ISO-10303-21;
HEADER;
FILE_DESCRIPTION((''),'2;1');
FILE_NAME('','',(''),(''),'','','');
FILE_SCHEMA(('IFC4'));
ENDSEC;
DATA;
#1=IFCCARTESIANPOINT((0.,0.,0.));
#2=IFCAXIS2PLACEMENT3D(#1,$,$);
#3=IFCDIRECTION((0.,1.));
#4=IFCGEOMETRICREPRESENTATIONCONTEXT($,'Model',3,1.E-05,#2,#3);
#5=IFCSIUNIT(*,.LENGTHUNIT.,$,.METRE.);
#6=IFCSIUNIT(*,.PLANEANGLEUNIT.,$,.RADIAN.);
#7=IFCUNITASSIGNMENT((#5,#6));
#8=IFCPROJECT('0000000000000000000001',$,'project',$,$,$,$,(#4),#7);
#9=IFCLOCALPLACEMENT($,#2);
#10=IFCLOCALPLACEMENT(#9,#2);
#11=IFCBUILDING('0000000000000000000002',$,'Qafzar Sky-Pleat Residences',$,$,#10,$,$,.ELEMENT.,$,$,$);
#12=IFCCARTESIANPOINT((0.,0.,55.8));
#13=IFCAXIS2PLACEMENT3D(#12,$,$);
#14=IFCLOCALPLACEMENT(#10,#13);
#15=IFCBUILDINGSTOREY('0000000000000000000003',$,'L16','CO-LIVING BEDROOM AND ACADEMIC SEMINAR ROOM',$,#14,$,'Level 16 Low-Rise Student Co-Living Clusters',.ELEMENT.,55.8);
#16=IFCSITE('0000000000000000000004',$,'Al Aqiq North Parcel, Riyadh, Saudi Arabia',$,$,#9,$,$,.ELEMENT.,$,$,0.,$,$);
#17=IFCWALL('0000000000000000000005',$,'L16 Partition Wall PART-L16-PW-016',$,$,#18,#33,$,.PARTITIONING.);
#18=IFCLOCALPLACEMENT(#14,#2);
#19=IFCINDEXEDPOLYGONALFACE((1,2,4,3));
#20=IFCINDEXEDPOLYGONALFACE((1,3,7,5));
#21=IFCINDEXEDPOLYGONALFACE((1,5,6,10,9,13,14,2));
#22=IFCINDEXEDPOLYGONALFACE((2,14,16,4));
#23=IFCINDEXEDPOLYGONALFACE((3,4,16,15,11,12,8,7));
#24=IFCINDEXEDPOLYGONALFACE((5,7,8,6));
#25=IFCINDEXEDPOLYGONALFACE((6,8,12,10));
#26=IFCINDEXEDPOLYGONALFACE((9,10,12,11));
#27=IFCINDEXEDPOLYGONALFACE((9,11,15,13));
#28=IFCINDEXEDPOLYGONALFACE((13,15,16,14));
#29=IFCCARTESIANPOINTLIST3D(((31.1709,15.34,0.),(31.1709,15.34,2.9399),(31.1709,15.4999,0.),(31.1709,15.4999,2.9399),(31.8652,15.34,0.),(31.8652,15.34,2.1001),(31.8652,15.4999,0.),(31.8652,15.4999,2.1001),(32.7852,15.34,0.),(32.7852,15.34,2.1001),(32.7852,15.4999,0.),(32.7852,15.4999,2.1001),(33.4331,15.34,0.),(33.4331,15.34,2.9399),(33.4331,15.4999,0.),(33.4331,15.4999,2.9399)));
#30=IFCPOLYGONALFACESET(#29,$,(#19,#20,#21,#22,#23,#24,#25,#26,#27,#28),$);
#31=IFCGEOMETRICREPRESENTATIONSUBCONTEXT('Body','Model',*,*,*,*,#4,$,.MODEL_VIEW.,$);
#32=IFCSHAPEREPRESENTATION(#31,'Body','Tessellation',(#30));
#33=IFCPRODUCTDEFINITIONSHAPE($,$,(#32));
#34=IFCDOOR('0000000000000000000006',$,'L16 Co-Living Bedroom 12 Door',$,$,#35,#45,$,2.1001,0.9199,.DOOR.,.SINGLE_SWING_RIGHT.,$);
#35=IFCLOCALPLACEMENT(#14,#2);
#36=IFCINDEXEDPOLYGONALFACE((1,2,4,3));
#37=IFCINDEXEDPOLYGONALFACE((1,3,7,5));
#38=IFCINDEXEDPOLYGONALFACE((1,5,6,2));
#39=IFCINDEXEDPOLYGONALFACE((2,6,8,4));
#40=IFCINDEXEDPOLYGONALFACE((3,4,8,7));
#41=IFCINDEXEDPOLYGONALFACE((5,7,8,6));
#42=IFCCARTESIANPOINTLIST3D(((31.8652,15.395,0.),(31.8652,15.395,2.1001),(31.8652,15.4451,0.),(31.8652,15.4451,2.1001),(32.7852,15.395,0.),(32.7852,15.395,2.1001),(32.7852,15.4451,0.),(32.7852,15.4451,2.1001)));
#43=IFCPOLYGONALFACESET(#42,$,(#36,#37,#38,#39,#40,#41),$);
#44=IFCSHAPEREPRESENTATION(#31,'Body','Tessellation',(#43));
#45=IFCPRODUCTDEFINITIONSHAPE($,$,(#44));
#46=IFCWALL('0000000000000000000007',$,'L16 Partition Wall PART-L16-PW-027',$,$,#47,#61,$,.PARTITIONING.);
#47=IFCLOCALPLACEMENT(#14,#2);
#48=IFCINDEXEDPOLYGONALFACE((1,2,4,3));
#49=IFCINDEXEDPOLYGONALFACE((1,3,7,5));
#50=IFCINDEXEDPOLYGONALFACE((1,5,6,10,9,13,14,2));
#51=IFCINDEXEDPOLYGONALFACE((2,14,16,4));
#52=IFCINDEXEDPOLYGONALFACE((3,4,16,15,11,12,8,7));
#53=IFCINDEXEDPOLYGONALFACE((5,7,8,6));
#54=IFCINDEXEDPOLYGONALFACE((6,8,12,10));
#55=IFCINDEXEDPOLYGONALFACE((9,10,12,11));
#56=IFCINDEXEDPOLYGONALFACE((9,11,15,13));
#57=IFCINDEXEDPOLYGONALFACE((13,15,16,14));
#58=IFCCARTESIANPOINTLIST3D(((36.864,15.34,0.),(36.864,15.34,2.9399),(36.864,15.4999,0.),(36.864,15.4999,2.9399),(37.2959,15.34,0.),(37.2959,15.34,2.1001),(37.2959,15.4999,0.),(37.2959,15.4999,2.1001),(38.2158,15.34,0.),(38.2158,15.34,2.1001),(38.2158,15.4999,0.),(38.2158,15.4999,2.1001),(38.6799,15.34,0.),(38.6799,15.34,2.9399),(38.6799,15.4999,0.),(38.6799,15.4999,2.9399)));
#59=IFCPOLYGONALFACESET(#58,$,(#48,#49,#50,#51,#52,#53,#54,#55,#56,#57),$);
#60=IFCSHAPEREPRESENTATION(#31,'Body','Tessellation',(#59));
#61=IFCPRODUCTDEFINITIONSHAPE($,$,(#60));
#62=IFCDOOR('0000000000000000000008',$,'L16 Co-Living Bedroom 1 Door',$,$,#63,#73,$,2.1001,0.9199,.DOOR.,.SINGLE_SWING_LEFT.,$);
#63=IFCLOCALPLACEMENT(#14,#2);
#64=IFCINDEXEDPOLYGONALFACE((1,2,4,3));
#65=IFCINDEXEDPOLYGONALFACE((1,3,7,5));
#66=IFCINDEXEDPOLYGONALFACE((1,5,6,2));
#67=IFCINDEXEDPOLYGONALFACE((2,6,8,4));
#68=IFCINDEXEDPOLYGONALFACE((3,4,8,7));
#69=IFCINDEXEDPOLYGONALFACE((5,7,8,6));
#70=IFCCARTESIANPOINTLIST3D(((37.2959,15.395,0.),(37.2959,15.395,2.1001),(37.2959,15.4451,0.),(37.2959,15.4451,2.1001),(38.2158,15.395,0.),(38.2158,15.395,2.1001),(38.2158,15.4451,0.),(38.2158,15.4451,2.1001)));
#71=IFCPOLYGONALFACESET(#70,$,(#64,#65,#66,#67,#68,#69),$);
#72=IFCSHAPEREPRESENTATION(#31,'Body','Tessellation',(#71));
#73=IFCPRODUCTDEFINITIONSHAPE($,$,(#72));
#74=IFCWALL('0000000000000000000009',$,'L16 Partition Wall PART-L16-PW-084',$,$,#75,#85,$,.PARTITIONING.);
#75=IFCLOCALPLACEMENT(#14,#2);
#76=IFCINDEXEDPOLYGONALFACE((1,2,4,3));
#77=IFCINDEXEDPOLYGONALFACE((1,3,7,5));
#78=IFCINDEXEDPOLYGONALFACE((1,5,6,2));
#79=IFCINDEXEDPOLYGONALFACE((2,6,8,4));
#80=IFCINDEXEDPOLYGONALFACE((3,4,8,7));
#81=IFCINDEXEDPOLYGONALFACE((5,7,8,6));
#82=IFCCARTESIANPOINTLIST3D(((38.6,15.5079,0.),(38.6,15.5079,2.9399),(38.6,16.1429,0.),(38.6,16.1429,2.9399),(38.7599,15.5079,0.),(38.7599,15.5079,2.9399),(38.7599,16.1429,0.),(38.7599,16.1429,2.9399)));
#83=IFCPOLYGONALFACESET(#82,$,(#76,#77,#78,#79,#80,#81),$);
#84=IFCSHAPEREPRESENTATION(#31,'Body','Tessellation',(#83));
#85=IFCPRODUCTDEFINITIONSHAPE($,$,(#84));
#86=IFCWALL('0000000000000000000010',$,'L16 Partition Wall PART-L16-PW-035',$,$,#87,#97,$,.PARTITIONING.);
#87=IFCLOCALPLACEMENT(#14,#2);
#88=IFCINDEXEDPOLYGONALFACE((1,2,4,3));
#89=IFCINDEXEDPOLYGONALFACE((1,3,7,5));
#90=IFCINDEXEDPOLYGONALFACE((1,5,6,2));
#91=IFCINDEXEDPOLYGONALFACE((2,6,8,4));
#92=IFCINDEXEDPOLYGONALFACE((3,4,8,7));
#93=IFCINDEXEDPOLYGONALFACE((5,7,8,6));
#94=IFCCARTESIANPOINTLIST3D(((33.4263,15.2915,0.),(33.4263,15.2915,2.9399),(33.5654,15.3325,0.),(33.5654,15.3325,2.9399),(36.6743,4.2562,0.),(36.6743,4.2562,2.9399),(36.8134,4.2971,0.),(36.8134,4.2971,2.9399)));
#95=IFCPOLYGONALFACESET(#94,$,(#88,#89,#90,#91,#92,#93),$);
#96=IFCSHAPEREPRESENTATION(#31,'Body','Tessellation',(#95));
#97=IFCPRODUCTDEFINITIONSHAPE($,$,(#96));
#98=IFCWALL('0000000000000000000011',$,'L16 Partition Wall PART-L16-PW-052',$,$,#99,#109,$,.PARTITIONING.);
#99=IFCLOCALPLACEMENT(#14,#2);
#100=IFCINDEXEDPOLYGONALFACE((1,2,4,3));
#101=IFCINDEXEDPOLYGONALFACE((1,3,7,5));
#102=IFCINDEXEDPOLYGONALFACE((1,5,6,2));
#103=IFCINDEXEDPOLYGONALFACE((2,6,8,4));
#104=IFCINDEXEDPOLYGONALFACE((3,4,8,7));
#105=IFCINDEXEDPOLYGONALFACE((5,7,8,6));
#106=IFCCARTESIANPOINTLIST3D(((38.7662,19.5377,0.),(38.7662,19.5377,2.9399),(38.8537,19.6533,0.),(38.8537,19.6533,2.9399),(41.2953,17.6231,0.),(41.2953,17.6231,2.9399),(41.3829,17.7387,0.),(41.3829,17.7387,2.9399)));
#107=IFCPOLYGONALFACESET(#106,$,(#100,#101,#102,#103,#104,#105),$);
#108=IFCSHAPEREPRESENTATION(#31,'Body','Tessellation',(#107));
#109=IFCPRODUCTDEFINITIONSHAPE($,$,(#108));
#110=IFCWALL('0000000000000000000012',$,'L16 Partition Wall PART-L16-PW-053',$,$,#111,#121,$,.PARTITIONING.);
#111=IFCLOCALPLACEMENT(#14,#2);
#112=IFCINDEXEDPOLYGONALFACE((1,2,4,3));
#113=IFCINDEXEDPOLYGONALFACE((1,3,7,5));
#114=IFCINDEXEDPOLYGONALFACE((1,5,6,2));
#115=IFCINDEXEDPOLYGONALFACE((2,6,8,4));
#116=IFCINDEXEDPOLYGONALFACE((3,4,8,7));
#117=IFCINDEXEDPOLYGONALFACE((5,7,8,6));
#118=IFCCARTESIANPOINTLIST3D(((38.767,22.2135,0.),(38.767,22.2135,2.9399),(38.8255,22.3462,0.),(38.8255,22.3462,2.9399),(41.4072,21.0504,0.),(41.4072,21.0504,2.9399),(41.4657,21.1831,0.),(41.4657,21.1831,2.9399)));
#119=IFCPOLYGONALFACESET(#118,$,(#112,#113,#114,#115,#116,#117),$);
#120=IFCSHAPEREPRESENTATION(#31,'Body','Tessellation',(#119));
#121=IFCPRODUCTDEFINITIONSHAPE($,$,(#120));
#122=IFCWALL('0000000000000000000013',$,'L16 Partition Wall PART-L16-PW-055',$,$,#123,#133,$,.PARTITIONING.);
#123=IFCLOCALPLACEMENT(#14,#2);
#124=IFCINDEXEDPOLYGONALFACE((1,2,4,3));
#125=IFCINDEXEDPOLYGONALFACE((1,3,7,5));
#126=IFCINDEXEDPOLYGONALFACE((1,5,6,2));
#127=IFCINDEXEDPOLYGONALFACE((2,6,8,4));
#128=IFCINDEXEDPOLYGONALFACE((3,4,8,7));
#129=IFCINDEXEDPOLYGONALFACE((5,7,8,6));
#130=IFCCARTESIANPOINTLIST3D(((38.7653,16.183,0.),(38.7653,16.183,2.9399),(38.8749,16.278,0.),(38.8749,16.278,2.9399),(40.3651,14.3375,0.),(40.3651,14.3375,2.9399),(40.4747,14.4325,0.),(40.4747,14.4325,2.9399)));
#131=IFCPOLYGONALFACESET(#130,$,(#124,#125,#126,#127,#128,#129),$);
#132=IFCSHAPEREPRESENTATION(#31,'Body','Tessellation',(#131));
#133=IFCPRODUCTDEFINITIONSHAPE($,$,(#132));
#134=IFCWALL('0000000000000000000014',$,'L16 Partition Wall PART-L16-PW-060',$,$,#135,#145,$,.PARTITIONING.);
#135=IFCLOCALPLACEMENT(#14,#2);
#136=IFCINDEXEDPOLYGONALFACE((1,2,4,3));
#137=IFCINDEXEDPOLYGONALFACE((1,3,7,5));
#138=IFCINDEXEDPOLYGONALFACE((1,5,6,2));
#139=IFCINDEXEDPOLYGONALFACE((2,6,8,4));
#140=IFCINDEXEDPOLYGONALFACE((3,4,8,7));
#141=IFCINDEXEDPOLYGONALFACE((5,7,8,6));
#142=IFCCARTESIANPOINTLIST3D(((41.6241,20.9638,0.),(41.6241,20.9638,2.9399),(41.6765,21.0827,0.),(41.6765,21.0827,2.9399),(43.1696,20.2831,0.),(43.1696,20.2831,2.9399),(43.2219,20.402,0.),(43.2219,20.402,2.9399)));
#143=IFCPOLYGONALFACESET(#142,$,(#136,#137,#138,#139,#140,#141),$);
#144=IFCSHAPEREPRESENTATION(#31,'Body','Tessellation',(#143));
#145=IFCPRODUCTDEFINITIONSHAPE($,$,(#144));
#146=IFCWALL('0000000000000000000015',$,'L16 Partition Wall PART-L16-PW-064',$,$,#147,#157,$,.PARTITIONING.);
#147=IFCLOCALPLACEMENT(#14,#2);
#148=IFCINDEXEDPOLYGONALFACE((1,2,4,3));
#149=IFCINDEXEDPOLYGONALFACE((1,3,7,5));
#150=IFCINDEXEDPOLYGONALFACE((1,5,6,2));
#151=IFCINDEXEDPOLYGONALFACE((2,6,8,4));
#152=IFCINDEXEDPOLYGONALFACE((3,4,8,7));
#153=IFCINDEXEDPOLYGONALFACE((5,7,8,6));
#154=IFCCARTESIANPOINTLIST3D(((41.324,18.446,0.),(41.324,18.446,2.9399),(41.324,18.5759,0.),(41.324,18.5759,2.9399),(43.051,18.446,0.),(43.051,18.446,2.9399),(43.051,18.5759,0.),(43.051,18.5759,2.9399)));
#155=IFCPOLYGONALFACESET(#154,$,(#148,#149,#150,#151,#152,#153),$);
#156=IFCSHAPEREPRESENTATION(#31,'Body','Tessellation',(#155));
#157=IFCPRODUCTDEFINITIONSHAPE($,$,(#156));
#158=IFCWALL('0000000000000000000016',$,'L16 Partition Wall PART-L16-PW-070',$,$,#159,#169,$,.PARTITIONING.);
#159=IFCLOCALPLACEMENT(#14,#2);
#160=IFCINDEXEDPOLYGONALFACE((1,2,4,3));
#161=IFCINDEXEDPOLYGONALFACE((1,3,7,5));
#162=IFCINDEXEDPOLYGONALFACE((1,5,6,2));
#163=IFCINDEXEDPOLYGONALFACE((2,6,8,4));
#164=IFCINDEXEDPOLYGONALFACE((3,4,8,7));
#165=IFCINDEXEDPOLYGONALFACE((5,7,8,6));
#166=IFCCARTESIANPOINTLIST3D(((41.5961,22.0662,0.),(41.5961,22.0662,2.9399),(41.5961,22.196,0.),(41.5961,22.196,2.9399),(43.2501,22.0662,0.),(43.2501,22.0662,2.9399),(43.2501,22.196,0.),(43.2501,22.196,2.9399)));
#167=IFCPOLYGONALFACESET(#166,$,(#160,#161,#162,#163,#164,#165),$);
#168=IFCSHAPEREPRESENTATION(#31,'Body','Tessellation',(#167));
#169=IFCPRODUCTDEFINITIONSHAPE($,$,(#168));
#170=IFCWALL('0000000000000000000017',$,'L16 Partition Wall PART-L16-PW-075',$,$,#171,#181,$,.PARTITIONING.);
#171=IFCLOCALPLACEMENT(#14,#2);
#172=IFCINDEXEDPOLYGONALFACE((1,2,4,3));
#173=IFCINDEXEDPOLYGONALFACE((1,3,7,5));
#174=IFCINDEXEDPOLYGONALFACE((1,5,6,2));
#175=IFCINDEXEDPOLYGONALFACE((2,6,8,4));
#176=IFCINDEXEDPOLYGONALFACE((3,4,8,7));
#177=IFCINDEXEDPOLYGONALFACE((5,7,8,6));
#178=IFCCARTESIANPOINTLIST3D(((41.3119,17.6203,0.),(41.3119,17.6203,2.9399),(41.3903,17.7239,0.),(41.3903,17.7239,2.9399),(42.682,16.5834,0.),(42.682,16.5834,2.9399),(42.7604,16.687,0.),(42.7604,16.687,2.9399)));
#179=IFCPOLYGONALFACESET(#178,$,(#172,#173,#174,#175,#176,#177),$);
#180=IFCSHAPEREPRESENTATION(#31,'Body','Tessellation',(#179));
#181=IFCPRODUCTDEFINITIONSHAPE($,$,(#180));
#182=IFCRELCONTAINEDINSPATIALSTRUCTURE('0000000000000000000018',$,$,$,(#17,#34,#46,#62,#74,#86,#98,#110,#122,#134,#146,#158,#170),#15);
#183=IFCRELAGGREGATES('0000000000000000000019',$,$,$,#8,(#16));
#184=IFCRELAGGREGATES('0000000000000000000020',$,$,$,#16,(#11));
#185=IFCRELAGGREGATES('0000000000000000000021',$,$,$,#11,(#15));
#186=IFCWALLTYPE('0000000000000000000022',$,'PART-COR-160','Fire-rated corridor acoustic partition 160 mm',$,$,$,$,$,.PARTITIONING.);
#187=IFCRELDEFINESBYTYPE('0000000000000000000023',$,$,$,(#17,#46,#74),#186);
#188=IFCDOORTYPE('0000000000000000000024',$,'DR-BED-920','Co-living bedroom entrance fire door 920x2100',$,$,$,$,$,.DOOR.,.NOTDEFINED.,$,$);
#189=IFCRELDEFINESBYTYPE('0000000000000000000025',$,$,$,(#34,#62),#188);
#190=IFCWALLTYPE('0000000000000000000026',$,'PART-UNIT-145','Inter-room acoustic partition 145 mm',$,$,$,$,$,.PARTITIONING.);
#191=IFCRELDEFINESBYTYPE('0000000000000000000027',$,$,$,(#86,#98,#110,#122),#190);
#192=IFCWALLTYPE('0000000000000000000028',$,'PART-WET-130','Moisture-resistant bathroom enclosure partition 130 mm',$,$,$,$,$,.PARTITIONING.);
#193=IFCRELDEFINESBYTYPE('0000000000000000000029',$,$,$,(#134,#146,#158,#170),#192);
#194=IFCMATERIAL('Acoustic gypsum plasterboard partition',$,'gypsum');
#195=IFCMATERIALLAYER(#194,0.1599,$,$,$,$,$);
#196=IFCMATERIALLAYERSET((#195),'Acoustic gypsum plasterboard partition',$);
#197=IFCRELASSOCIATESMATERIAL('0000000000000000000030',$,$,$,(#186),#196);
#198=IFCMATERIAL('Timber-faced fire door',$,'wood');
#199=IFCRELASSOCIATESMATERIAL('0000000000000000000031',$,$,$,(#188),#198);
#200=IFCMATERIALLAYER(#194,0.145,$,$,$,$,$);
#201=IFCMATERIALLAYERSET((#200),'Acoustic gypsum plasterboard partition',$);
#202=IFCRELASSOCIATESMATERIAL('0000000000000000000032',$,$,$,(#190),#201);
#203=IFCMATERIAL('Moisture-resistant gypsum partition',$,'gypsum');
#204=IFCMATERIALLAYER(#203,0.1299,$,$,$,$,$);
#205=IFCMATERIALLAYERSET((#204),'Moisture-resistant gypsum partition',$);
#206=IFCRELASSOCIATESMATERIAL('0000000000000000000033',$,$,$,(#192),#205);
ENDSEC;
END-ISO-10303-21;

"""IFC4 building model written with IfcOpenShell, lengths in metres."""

from ifc_helpers import new_model, si_unit, direction, frame, frame_2d, origin, place, context, subcontext, project, spatial, rectangle, extrude, source, transform, mapped, material, layer, layer_set, type_object, element, fill, save


model = new_model("IFC4")

# Units and contexts
model_context = context("Model", 3, precision=1e-05, world=origin(), true_north=direction((0.0, 1.0)))
body_context = subcontext(model_context, "Body", "Model", "MODEL_VIEW")
ifc_project = project(units=[si_unit("LENGTHUNIT", "METRE"), si_unit("PLANEANGLEUNIT", "RADIAN")], contexts=[model_context])

# Site, building, storey
site_placement = place(None, origin())
site = spatial("IfcSite", under=ifc_project, at=site_placement, Name="Al Aqiq North Parcel, Riyadh, Saudi Arabia", CompositionType="ELEMENT", RefElevation=0.0)
building_placement = place(site_placement, origin())
building = spatial("IfcBuilding", under=site, at=building_placement, Name="Qafzar Sky-Pleat Residences", CompositionType="ELEMENT")
storey_placement = place(building_placement, frame((0.0, 0.0, 55.8)))
storey = spatial("IfcBuildingStorey", under=building, at=storey_placement, Name="L16", Description="CO-LIVING BEDROOM AND ACADEMIC SEMINAR ROOM", LongName="Level 16 Low-Rise Student Co-Living Clusters", CompositionType="ELEMENT", Elevation=55.8)

# Walls, openings, doors
ifc_material_1 = material(Name="Acoustic gypsum plasterboard partition", Category="gypsum")
ifc_layer_1 = layer(ifc_material_1, 0.1599)
ifc_layer_set_1 = layer_set([ifc_layer_1], Name="Acoustic gypsum plasterboard partition")
wall_type_1 = type_object("IfcWallType", Name="PART-COR-160", Description="Fire-rated corridor acoustic partition 160 mm", PredefinedType="PARTITIONING", material=ifc_layer_set_1)
ifc_material_2 = material(Name="Timber-faced fire door", Category="wood")
door_type_1 = type_object("IfcDoorType", Name="DR-BED-920", Description="Co-living bedroom entrance fire door 920x2100", OperationType="NOTDEFINED", PredefinedType="DOOR", material=ifc_material_2)
shared_shape_1 = source(origin(), body_context, "Body", "SweptSolid", [
    extrude(rectangle(XDim=0.9199, YDim=2.1001, at=frame_2d((0.46, 1.05))), frame((0.0, 0.0249, 0.0), z_axis=(0.0, -1.0, 0.0), x_axis=(1.0, 0.0, 0.0)), (0.0, 0.0, 1.0), 0.05),
])
wall_1_placement = place(storey_placement, frame((33.4331, 15.4199, 0.0), z_axis=(0.0, 0.0, 1.0), x_axis=(-1.0, 0.0, 0.0)))
wall_1 = element("IfcWall", 1, at=wall_1_placement, inside=storey, type_object=wall_type_1, Name="L16 Partition Wall PART-L16-PW-016", PredefinedType="PARTITIONING", context=body_context, shape_type="SweptSolid", body=[
    extrude(rectangle(XDim=2.2622, YDim=0.1599, at=frame_2d((1.1311, 0.0))), origin(), (0.0, 0.0, 1.0), 2.9399),
])
opening_1_placement = place(wall_1_placement, frame((0.6479, 0.0, 0.0)))
opening_1 = element("IfcOpeningElement", 2, at=opening_1_placement, cuts=wall_1, PredefinedType="OPENING", context=body_context, shape_type="SweptSolid", body=[
    extrude(rectangle(XDim=0.9199, YDim=2.1001, at=frame_2d((0.46, 1.05))), frame((0.0, 0.0898, 0.0), z_axis=(0.0, -1.0, 0.0), x_axis=(1.0, 0.0, 0.0)), (0.0, 0.0, 1.0), 0.1799),
])
door_1_placement = place(opening_1_placement, origin())
door_1 = element("IfcDoor", 3, at=door_1_placement, inside=storey, type_object=door_type_1, Name="L16 Co-Living Bedroom 12 Door", OperationType="SINGLE_SWING_RIGHT", OverallHeight=2.1001, OverallWidth=0.9199, PredefinedType="DOOR", context=body_context, shape_type="MappedRepresentation", body=[
    mapped(shared_shape_1, transform((0.0, 0.0, 0.0), x_axis=(1.0, 0.0, 0.0), y_axis=(0.0, 1.0, 0.0), z_axis=(0.0, 0.0, 1.0), scale=1.0)),
])
fill(opening_1, door_1)
wall_2_placement = place(storey_placement, frame((38.6799, 15.4199, 0.0), z_axis=(0.0, 0.0, 1.0), x_axis=(-1.0, 0.0, 0.0)))
wall_2 = element("IfcWall", 4, at=wall_2_placement, inside=storey, type_object=wall_type_1, Name="L16 Partition Wall PART-L16-PW-027", PredefinedType="PARTITIONING", context=body_context, shape_type="SweptSolid", body=[
    extrude(rectangle(XDim=1.8159, YDim=0.1599, at=frame_2d((0.908, 0.0))), origin(), (0.0, 0.0, 1.0), 2.9399),
])
opening_2_placement = place(wall_2_placement, frame((0.4641, 0.0, 0.0)))
opening_2 = element("IfcOpeningElement", 5, at=opening_2_placement, cuts=wall_2, PredefinedType="OPENING", context=body_context, shape_type="SweptSolid", body=[
    extrude(rectangle(XDim=0.9199, YDim=2.1001, at=frame_2d((0.46, 1.05))), frame((0.0, 0.0898, 0.0), z_axis=(0.0, -1.0, 0.0), x_axis=(1.0, 0.0, 0.0)), (0.0, 0.0, 1.0), 0.1799),
])
door_2_placement = place(opening_2_placement, origin())
door_2 = element("IfcDoor", 6, at=door_2_placement, inside=storey, type_object=door_type_1, Name="L16 Co-Living Bedroom 1 Door", OperationType="SINGLE_SWING_LEFT", OverallHeight=2.1001, OverallWidth=0.9199, PredefinedType="DOOR", context=body_context, shape_type="MappedRepresentation", body=[
    mapped(shared_shape_1, transform((0.0, 0.0, 0.0), x_axis=(1.0, 0.0, 0.0), y_axis=(0.0, 1.0, 0.0), z_axis=(0.0, 0.0, 1.0), scale=1.0)),
])
fill(opening_2, door_2)

# Walls
wall_3_placement = place(storey_placement, frame((38.6799, 15.5081, 0.0), z_axis=(0.0, 0.0, 1.0), x_axis=(0.0, 1.0, 0.0)))
element("IfcWall", 7, at=wall_3_placement, inside=storey, type_object=wall_type_1, Name="L16 Partition Wall PART-L16-PW-084", PredefinedType="PARTITIONING", context=body_context, shape_type="SweptSolid", body=[
    extrude(rectangle(XDim=0.635, YDim=0.1599, at=frame_2d((0.3174, 0.0))), origin(), (0.0, 0.0, 1.0), 2.9399),
])
ifc_layer_2 = layer(ifc_material_1, 0.145)
ifc_layer_set_2 = layer_set([ifc_layer_2], Name="Acoustic gypsum plasterboard partition")
wall_type_2 = type_object("IfcWallType", Name="PART-UNIT-145", Description="Inter-room acoustic partition 145 mm", PredefinedType="PARTITIONING", material=ifc_layer_set_2)
wall_4_placement = place(storey_placement, frame((33.4958, 15.312, 0.0), z_axis=(0.0, 0.0, 1.0), x_axis=(0.282354, -0.95931, 0.0)))
element("IfcWall", 8, at=wall_4_placement, inside=storey, type_object=wall_type_2, Name="L16 Partition Wall PART-L16-PW-035", PredefinedType="PARTITIONING", context=body_context, shape_type="SweptSolid", body=[
    extrude(rectangle(XDim=11.5034, YDim=0.145, at=frame_2d((5.7517, 0.0))), origin(), (0.0, 0.0, 1.0), 2.9399),
])
wall_5_placement = place(storey_placement, frame((38.8101, 19.5955, 0.0), z_axis=(0.0, 0.0, 1.0), x_axis=(0.797304, -0.603578, 0.0)))
element("IfcWall", 9, at=wall_5_placement, inside=storey, type_object=wall_type_2, Name="L16 Partition Wall PART-L16-PW-052", PredefinedType="PARTITIONING", context=body_context, shape_type="SweptSolid", body=[
    extrude(rectangle(XDim=3.1721, YDim=0.145, at=frame_2d((1.5859, 0.0))), origin(), (0.0, 0.0, 1.0), 2.9399),
])
wall_6_placement = place(storey_placement, frame((38.7964, 22.2798, 0.0), z_axis=(0.0, 0.0, 1.0), x_axis=(0.915133, -0.403153, 0.0)))
element("IfcWall", 10, at=wall_6_placement, inside=storey, type_object=wall_type_2, Name="L16 Partition Wall PART-L16-PW-053", PredefinedType="PARTITIONING", context=body_context, shape_type="SweptSolid", body=[
    extrude(rectangle(XDim=2.885, YDim=0.145, at=frame_2d((1.4424, 0.0))), origin(), (0.0, 0.0, 1.0), 2.9399),
])
wall_7_placement = place(storey_placement, frame((38.8201, 16.2305, 0.0), z_axis=(0.0, 0.0, 1.0), x_axis=(0.655037, -0.755597, 0.0)))
element("IfcWall", 11, at=wall_7_placement, inside=storey, type_object=wall_type_2, Name="L16 Partition Wall PART-L16-PW-055", PredefinedType="PARTITIONING", context=body_context, shape_type="SweptSolid", body=[
    extrude(rectangle(XDim=2.4424, YDim=0.145, at=frame_2d((1.2212, 0.0))), origin(), (0.0, 0.0, 1.0), 2.9399),
])
ifc_material_3 = material(Name="Moisture-resistant gypsum partition", Category="gypsum")
ifc_layer_3 = layer(ifc_material_3, 0.1299)
ifc_layer_set_3 = layer_set([ifc_layer_3], Name="Moisture-resistant gypsum partition")
wall_type_3 = type_object("IfcWallType", Name="PART-WET-130", Description="Moisture-resistant bathroom enclosure partition 130 mm", PredefinedType="PARTITIONING", material=ifc_layer_set_3)
wall_8_placement = place(storey_placement, frame((41.6504, 21.0232, 0.0), z_axis=(0.0, 0.0, 1.0), x_axis=(0.915166, -0.403078, 0.0)))
element("IfcWall", 12, at=wall_8_placement, inside=storey, type_object=wall_type_3, Name="L16 Partition Wall PART-L16-PW-060", PredefinedType="PARTITIONING", context=body_context, shape_type="SweptSolid", body=[
    extrude(rectangle(XDim=1.6887, YDim=0.1299, at=frame_2d((0.8442, 0.0))), origin(), (0.0, 0.0, 1.0), 2.9399),
])
wall_9_placement = place(storey_placement, frame((41.324, 18.511, 0.0), z_axis=(0.0, 0.0, 1.0), x_axis=(1.0, 0.0, 0.0)))
element("IfcWall", 13, at=wall_9_placement, inside=storey, type_object=wall_type_3, Name="L16 Partition Wall PART-L16-PW-064", PredefinedType="PARTITIONING", context=body_context, shape_type="SweptSolid", body=[
    extrude(rectangle(XDim=1.7271, YDim=0.1299, at=frame_2d((0.8635, 0.0))), origin(), (0.0, 0.0, 1.0), 2.9399),
])
wall_10_placement = place(storey_placement, frame((41.5959, 22.1311, 0.0), z_axis=(0.0, 0.0, 1.0), x_axis=(1.0, 0.0, 0.0)))
element("IfcWall", 14, at=wall_10_placement, inside=storey, type_object=wall_type_3, Name="L16 Partition Wall PART-L16-PW-070", PredefinedType="PARTITIONING", context=body_context, shape_type="SweptSolid", body=[
    extrude(rectangle(XDim=1.6541, YDim=0.1299, at=frame_2d((0.8271, 0.0))), origin(), (0.0, 0.0, 1.0), 2.9399),
])
wall_11_placement = place(storey_placement, frame((41.3511, 17.6721, 0.0), z_axis=(0.0, 0.0, 1.0), x_axis=(0.797401, -0.60345, 0.0)))
element("IfcWall", 15, at=wall_11_placement, inside=storey, type_object=wall_type_3, Name="L16 Partition Wall PART-L16-PW-075", PredefinedType="PARTITIONING", context=body_context, shape_type="SweptSolid", body=[
    extrude(rectangle(XDim=1.7183, YDim=0.1299, at=frame_2d((0.8591, 0.0))), origin(), (0.0, 0.0, 1.0), 2.9399),
])

save(model, "model.ifc")
